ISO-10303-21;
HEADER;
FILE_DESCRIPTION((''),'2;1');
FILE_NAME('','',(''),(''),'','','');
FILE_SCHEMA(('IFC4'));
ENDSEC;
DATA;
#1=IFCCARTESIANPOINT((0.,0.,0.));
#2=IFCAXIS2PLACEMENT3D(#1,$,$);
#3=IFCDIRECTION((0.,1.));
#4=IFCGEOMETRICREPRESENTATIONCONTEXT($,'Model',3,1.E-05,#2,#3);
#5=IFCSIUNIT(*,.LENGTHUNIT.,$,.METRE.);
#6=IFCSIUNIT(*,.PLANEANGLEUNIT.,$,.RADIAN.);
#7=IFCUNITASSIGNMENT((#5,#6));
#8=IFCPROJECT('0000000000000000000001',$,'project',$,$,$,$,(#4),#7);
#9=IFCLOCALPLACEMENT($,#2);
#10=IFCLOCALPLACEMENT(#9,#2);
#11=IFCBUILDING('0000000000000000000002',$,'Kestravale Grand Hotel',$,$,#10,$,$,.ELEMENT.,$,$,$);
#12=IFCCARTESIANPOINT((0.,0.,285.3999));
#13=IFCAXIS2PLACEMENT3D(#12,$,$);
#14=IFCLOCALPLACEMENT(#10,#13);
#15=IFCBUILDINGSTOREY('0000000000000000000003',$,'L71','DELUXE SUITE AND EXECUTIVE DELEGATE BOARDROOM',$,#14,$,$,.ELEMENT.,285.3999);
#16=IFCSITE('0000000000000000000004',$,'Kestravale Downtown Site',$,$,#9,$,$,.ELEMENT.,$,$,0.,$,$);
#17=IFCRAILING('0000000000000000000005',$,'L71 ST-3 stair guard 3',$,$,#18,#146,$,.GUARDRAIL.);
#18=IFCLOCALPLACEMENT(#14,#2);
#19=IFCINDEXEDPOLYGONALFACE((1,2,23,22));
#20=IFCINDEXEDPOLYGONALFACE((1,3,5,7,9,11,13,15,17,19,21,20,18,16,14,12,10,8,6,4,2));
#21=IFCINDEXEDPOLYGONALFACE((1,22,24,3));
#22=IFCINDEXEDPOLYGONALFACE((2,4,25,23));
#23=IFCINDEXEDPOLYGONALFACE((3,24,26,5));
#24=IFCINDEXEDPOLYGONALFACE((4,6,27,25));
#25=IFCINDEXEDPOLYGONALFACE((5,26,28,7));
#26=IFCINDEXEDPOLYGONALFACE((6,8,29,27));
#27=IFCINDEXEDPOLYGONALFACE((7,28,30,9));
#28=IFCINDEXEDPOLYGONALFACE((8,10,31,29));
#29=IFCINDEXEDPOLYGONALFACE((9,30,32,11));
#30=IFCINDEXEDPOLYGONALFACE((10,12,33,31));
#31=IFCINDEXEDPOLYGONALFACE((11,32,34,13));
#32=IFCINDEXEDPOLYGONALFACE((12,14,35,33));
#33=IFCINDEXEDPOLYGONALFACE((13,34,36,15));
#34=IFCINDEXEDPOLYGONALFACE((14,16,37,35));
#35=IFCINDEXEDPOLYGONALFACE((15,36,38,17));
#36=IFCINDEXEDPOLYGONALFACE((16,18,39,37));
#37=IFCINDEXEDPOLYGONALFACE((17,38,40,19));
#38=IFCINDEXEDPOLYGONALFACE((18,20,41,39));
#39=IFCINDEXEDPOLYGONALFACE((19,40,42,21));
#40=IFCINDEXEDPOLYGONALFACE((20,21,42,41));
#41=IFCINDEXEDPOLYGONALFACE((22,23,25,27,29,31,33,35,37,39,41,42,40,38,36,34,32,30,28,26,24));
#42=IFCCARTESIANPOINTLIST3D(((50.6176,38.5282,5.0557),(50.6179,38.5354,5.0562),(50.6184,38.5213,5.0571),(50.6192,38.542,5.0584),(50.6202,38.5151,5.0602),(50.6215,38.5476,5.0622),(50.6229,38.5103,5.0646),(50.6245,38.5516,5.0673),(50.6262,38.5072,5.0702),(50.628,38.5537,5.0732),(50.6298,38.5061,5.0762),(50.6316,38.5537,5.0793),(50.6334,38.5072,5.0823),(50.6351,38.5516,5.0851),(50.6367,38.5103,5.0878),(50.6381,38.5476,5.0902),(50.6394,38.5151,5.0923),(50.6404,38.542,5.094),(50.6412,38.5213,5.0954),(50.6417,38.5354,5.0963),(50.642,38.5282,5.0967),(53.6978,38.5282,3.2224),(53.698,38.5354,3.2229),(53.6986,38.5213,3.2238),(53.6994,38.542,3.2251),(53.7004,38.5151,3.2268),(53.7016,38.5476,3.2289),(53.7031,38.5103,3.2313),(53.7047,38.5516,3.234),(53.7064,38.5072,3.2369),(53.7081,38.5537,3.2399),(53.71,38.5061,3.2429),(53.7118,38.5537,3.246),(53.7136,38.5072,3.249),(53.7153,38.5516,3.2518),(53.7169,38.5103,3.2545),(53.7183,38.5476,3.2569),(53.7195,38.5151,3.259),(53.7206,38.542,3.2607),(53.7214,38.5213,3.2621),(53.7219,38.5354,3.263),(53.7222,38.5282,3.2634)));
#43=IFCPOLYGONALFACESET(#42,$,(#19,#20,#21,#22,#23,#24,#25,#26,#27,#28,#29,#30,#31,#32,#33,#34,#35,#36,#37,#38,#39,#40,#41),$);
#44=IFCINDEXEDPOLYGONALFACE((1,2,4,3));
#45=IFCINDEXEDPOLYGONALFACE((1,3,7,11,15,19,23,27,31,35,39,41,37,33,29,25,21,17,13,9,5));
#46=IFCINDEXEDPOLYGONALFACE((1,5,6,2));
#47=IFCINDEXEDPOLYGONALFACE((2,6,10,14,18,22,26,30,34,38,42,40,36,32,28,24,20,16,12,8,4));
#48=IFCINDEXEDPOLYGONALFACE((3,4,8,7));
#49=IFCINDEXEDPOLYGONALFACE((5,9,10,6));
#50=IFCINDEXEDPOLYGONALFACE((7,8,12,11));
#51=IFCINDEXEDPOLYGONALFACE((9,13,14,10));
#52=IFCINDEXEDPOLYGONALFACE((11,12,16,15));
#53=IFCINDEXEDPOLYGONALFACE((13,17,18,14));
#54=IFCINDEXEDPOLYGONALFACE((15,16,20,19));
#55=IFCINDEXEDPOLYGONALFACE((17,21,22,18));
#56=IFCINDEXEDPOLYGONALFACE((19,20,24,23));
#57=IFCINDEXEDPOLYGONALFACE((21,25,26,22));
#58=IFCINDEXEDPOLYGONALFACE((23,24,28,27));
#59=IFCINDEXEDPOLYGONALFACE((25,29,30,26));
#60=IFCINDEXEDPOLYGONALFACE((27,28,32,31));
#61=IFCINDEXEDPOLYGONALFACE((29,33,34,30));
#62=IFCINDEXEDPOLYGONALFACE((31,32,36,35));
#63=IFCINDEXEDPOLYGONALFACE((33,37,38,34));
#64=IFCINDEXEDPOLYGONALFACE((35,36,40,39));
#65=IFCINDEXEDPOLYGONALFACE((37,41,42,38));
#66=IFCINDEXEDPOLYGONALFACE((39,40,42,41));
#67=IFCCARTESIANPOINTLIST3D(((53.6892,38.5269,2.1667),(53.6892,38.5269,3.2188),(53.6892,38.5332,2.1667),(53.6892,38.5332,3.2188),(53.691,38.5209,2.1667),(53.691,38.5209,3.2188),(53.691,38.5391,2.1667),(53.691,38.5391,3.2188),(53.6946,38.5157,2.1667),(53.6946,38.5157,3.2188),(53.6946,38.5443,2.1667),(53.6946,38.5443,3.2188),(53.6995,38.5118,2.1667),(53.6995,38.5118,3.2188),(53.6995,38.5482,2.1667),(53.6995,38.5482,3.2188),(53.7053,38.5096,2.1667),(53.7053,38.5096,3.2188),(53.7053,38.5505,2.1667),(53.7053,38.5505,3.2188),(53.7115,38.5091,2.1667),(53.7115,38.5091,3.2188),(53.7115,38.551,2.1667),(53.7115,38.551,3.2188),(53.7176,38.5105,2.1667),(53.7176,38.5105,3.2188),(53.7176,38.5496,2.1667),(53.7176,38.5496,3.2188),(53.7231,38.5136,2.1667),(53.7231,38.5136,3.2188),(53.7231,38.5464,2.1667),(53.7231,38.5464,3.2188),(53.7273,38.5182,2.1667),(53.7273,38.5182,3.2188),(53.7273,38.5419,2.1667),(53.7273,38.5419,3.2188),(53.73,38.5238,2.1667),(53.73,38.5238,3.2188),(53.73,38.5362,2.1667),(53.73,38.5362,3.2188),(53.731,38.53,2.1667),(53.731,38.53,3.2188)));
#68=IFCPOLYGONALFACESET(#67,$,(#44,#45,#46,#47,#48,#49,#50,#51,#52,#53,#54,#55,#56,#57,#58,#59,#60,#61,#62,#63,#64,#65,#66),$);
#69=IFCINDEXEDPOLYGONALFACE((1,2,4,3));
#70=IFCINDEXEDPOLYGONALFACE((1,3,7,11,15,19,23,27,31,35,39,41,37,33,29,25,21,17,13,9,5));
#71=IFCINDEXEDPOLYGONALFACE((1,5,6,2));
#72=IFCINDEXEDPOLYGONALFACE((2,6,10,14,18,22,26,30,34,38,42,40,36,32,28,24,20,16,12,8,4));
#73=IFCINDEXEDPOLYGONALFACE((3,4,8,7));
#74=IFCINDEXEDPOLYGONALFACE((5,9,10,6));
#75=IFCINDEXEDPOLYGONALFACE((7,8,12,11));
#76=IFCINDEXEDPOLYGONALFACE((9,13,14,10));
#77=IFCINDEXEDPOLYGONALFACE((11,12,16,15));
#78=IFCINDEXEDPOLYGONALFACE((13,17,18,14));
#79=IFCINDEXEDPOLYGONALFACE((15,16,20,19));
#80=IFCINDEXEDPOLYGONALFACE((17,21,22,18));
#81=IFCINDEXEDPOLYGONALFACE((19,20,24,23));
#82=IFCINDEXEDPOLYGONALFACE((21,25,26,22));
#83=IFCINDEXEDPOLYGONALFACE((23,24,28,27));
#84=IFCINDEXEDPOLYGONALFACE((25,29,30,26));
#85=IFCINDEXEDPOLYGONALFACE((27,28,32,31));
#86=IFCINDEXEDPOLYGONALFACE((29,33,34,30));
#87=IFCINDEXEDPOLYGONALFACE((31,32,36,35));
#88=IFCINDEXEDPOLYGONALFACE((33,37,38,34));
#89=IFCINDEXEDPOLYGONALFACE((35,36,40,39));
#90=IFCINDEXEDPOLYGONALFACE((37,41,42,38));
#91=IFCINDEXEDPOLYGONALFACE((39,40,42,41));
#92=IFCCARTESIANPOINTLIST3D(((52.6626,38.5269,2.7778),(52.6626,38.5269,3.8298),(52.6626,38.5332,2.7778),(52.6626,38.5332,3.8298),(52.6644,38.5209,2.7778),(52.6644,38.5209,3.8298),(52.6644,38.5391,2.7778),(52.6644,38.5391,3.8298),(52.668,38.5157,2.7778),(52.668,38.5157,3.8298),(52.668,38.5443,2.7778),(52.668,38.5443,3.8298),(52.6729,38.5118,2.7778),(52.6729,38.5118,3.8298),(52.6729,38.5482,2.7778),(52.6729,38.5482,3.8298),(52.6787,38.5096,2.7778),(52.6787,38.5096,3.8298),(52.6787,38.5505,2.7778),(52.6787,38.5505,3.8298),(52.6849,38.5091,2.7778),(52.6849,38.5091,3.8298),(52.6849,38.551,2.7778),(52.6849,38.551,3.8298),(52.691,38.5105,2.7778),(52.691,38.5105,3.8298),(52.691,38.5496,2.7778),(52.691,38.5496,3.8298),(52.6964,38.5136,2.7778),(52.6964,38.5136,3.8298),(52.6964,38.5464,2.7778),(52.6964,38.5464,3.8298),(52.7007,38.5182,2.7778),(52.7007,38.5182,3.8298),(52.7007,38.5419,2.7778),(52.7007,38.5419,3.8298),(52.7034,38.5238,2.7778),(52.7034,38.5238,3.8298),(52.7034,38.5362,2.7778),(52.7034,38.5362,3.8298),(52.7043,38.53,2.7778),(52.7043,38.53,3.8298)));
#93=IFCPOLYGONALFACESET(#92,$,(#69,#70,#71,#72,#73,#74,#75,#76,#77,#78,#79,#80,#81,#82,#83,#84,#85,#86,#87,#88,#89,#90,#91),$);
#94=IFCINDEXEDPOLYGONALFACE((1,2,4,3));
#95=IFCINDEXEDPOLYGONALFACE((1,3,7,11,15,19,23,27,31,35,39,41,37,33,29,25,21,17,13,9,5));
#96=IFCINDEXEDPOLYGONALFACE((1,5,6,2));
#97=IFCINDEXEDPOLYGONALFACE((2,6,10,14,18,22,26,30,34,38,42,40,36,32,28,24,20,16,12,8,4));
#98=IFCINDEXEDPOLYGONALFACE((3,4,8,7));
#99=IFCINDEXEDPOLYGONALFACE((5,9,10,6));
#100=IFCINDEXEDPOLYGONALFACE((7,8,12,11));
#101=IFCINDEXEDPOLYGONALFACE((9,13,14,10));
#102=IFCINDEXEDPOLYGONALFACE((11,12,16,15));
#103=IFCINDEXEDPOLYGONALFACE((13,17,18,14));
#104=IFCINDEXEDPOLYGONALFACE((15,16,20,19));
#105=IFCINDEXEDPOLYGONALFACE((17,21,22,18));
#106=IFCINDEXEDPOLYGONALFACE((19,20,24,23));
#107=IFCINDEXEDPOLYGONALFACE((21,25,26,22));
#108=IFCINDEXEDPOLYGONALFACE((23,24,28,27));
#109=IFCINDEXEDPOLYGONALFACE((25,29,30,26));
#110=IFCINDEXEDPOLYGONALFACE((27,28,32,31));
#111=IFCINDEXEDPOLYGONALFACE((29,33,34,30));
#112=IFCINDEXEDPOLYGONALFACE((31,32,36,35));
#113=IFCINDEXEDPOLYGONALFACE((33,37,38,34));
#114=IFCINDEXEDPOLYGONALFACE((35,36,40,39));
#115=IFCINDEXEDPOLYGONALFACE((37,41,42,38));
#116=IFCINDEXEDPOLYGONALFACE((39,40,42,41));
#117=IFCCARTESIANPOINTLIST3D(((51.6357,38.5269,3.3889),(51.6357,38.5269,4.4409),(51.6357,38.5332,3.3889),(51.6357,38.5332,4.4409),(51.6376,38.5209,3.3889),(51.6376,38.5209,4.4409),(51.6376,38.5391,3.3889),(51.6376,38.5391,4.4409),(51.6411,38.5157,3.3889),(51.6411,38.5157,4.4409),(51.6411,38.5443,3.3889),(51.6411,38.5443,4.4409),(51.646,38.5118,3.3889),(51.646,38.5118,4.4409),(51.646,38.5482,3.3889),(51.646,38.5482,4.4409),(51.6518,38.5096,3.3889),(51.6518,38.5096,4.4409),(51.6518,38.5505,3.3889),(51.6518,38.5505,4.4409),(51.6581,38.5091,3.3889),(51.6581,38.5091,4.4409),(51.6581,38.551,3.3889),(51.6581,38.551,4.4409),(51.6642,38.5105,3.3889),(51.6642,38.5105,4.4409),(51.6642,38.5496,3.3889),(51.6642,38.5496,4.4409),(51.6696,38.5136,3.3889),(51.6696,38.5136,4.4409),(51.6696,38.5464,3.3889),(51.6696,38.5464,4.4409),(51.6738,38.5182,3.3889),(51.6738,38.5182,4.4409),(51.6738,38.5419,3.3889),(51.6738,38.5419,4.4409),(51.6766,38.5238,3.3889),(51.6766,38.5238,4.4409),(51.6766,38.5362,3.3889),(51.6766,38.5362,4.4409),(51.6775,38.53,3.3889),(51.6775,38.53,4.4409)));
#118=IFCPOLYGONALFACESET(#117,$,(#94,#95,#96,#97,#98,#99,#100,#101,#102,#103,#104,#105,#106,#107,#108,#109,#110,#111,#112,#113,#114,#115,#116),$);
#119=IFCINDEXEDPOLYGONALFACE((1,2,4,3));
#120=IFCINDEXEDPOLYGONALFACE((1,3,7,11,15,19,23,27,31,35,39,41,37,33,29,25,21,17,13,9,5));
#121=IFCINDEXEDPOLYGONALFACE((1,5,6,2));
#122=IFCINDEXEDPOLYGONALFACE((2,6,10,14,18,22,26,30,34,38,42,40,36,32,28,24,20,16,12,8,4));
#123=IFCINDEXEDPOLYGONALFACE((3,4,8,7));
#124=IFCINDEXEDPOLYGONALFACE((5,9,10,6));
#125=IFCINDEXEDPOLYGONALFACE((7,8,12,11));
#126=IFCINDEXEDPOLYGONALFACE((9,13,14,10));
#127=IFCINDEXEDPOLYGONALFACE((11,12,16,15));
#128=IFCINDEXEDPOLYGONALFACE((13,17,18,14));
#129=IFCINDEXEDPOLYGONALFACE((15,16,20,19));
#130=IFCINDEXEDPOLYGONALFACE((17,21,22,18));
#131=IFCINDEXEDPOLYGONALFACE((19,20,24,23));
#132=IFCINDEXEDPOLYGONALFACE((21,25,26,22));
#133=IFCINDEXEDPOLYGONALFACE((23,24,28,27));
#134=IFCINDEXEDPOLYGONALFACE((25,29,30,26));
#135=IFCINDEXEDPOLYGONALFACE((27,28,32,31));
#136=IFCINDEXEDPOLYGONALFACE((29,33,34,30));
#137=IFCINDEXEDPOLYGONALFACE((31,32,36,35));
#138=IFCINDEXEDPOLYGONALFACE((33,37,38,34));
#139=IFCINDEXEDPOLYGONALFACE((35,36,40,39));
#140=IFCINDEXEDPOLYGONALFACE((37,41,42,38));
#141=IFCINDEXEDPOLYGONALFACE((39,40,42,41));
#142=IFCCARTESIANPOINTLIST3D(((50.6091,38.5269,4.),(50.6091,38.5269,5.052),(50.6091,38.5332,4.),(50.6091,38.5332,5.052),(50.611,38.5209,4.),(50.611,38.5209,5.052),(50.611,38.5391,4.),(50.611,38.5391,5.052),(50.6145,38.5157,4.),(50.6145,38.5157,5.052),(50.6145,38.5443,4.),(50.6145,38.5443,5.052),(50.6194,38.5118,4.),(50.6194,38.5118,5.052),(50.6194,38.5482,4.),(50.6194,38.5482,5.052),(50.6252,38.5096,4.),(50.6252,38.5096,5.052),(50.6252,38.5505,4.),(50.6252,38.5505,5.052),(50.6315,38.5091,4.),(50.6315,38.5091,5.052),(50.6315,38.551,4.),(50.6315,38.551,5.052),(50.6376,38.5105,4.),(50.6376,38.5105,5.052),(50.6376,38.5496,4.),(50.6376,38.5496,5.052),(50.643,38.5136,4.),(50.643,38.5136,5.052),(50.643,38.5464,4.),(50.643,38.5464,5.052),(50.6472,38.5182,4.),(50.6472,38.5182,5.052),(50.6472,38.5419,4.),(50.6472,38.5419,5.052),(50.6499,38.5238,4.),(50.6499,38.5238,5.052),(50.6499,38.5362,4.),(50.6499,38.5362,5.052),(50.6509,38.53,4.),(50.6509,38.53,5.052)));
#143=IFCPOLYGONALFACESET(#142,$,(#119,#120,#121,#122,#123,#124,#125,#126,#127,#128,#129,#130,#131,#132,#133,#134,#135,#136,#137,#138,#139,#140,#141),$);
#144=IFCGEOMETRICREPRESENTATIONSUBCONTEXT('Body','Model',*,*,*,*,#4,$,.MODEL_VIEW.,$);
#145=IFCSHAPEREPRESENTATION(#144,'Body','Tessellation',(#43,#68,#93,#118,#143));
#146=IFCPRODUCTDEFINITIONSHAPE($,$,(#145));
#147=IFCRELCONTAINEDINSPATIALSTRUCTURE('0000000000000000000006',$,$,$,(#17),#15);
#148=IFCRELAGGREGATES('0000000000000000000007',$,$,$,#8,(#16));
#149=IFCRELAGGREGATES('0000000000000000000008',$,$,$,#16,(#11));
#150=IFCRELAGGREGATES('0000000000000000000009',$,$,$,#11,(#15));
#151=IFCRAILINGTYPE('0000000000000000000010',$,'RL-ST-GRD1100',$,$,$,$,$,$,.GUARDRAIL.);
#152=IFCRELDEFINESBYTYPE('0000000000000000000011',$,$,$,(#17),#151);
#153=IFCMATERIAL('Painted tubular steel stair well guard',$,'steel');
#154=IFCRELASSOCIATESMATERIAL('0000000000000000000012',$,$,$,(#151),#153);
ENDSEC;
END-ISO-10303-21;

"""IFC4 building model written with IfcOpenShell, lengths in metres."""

from ifc_helpers import new_model, si_unit, direction, frame, origin, origin_2d, place, context, subcontext, project, spatial, circle, extrude, material, type_object, element, save


model = new_model("IFC4")

# Units and contexts
model_context = context("Model", 3, precision=1e-05, world=origin(), true_north=direction((0.0, 1.0)))
body_context = subcontext(model_context, "Body", "Model", "MODEL_VIEW")
ifc_project = project(units=[si_unit("LENGTHUNIT", "METRE"), si_unit("PLANEANGLEUNIT", "RADIAN")], contexts=[model_context])

# Site, building, storey
site_placement = place(None, origin())
site = spatial("IfcSite", under=ifc_project, at=site_placement, Name="Kestravale Downtown Site", CompositionType="ELEMENT", RefElevation=0.0)
building_placement = place(site_placement, origin())
building = spatial("IfcBuilding", under=site, at=building_placement, Name="Kestravale Grand Hotel", CompositionType="ELEMENT")
storey_placement = place(building_placement, frame((0.0, 0.0, 285.3999)))
storey = spatial("IfcBuildingStorey", under=building, at=storey_placement, Name="L71", Description="DELUXE SUITE AND EXECUTIVE DELEGATE BOARDROOM", CompositionType="ELEMENT", Elevation=285.3999)

# Railing
ifc_material_1 = material(Name="Painted tubular steel stair well guard", Category="steel")
railing_type_1 = type_object("IfcRailingType", Name="RL-ST-GRD1100", PredefinedType="GUARDRAIL", material=ifc_material_1)
railing_1_placement = place(storey_placement, frame((53.71, 38.53, 2.1667)))
element("IfcRailing", 1, at=railing_1_placement, inside=storey, type_object=railing_type_1, Name="L71 ST-3 stair guard 3", PredefinedType="GUARDRAIL", context=body_context, shape_type="SweptSolid", body=[
    extrude(circle(Radius=0.0239, at=origin_2d()), frame((0.0, 0.0, 1.0762), z_axis=(-0.859309, 0.0, 0.511458), x_axis=(0.0, -1.0, 0.0)), (0.0, 0.0, 1.0), 3.5845),
    extrude(circle(Radius=0.021, at=origin_2d()), origin(), (0.0, 0.0, 1.0), 1.052),
    extrude(circle(Radius=0.021, at=origin_2d()), frame((-1.0266, 0.0, 0.6111)), (0.0, 0.0, 1.0), 1.052),
    extrude(circle(Radius=0.021, at=origin_2d()), frame((-2.0535, 0.0, 1.2222)), (0.0, 0.0, 1.0), 1.052),
    extrude(circle(Radius=0.021, at=origin_2d()), frame((-3.0801, 0.0, 1.8333)), (0.0, 0.0, 1.0), 1.052),
])

save(model, "model.ifc")
